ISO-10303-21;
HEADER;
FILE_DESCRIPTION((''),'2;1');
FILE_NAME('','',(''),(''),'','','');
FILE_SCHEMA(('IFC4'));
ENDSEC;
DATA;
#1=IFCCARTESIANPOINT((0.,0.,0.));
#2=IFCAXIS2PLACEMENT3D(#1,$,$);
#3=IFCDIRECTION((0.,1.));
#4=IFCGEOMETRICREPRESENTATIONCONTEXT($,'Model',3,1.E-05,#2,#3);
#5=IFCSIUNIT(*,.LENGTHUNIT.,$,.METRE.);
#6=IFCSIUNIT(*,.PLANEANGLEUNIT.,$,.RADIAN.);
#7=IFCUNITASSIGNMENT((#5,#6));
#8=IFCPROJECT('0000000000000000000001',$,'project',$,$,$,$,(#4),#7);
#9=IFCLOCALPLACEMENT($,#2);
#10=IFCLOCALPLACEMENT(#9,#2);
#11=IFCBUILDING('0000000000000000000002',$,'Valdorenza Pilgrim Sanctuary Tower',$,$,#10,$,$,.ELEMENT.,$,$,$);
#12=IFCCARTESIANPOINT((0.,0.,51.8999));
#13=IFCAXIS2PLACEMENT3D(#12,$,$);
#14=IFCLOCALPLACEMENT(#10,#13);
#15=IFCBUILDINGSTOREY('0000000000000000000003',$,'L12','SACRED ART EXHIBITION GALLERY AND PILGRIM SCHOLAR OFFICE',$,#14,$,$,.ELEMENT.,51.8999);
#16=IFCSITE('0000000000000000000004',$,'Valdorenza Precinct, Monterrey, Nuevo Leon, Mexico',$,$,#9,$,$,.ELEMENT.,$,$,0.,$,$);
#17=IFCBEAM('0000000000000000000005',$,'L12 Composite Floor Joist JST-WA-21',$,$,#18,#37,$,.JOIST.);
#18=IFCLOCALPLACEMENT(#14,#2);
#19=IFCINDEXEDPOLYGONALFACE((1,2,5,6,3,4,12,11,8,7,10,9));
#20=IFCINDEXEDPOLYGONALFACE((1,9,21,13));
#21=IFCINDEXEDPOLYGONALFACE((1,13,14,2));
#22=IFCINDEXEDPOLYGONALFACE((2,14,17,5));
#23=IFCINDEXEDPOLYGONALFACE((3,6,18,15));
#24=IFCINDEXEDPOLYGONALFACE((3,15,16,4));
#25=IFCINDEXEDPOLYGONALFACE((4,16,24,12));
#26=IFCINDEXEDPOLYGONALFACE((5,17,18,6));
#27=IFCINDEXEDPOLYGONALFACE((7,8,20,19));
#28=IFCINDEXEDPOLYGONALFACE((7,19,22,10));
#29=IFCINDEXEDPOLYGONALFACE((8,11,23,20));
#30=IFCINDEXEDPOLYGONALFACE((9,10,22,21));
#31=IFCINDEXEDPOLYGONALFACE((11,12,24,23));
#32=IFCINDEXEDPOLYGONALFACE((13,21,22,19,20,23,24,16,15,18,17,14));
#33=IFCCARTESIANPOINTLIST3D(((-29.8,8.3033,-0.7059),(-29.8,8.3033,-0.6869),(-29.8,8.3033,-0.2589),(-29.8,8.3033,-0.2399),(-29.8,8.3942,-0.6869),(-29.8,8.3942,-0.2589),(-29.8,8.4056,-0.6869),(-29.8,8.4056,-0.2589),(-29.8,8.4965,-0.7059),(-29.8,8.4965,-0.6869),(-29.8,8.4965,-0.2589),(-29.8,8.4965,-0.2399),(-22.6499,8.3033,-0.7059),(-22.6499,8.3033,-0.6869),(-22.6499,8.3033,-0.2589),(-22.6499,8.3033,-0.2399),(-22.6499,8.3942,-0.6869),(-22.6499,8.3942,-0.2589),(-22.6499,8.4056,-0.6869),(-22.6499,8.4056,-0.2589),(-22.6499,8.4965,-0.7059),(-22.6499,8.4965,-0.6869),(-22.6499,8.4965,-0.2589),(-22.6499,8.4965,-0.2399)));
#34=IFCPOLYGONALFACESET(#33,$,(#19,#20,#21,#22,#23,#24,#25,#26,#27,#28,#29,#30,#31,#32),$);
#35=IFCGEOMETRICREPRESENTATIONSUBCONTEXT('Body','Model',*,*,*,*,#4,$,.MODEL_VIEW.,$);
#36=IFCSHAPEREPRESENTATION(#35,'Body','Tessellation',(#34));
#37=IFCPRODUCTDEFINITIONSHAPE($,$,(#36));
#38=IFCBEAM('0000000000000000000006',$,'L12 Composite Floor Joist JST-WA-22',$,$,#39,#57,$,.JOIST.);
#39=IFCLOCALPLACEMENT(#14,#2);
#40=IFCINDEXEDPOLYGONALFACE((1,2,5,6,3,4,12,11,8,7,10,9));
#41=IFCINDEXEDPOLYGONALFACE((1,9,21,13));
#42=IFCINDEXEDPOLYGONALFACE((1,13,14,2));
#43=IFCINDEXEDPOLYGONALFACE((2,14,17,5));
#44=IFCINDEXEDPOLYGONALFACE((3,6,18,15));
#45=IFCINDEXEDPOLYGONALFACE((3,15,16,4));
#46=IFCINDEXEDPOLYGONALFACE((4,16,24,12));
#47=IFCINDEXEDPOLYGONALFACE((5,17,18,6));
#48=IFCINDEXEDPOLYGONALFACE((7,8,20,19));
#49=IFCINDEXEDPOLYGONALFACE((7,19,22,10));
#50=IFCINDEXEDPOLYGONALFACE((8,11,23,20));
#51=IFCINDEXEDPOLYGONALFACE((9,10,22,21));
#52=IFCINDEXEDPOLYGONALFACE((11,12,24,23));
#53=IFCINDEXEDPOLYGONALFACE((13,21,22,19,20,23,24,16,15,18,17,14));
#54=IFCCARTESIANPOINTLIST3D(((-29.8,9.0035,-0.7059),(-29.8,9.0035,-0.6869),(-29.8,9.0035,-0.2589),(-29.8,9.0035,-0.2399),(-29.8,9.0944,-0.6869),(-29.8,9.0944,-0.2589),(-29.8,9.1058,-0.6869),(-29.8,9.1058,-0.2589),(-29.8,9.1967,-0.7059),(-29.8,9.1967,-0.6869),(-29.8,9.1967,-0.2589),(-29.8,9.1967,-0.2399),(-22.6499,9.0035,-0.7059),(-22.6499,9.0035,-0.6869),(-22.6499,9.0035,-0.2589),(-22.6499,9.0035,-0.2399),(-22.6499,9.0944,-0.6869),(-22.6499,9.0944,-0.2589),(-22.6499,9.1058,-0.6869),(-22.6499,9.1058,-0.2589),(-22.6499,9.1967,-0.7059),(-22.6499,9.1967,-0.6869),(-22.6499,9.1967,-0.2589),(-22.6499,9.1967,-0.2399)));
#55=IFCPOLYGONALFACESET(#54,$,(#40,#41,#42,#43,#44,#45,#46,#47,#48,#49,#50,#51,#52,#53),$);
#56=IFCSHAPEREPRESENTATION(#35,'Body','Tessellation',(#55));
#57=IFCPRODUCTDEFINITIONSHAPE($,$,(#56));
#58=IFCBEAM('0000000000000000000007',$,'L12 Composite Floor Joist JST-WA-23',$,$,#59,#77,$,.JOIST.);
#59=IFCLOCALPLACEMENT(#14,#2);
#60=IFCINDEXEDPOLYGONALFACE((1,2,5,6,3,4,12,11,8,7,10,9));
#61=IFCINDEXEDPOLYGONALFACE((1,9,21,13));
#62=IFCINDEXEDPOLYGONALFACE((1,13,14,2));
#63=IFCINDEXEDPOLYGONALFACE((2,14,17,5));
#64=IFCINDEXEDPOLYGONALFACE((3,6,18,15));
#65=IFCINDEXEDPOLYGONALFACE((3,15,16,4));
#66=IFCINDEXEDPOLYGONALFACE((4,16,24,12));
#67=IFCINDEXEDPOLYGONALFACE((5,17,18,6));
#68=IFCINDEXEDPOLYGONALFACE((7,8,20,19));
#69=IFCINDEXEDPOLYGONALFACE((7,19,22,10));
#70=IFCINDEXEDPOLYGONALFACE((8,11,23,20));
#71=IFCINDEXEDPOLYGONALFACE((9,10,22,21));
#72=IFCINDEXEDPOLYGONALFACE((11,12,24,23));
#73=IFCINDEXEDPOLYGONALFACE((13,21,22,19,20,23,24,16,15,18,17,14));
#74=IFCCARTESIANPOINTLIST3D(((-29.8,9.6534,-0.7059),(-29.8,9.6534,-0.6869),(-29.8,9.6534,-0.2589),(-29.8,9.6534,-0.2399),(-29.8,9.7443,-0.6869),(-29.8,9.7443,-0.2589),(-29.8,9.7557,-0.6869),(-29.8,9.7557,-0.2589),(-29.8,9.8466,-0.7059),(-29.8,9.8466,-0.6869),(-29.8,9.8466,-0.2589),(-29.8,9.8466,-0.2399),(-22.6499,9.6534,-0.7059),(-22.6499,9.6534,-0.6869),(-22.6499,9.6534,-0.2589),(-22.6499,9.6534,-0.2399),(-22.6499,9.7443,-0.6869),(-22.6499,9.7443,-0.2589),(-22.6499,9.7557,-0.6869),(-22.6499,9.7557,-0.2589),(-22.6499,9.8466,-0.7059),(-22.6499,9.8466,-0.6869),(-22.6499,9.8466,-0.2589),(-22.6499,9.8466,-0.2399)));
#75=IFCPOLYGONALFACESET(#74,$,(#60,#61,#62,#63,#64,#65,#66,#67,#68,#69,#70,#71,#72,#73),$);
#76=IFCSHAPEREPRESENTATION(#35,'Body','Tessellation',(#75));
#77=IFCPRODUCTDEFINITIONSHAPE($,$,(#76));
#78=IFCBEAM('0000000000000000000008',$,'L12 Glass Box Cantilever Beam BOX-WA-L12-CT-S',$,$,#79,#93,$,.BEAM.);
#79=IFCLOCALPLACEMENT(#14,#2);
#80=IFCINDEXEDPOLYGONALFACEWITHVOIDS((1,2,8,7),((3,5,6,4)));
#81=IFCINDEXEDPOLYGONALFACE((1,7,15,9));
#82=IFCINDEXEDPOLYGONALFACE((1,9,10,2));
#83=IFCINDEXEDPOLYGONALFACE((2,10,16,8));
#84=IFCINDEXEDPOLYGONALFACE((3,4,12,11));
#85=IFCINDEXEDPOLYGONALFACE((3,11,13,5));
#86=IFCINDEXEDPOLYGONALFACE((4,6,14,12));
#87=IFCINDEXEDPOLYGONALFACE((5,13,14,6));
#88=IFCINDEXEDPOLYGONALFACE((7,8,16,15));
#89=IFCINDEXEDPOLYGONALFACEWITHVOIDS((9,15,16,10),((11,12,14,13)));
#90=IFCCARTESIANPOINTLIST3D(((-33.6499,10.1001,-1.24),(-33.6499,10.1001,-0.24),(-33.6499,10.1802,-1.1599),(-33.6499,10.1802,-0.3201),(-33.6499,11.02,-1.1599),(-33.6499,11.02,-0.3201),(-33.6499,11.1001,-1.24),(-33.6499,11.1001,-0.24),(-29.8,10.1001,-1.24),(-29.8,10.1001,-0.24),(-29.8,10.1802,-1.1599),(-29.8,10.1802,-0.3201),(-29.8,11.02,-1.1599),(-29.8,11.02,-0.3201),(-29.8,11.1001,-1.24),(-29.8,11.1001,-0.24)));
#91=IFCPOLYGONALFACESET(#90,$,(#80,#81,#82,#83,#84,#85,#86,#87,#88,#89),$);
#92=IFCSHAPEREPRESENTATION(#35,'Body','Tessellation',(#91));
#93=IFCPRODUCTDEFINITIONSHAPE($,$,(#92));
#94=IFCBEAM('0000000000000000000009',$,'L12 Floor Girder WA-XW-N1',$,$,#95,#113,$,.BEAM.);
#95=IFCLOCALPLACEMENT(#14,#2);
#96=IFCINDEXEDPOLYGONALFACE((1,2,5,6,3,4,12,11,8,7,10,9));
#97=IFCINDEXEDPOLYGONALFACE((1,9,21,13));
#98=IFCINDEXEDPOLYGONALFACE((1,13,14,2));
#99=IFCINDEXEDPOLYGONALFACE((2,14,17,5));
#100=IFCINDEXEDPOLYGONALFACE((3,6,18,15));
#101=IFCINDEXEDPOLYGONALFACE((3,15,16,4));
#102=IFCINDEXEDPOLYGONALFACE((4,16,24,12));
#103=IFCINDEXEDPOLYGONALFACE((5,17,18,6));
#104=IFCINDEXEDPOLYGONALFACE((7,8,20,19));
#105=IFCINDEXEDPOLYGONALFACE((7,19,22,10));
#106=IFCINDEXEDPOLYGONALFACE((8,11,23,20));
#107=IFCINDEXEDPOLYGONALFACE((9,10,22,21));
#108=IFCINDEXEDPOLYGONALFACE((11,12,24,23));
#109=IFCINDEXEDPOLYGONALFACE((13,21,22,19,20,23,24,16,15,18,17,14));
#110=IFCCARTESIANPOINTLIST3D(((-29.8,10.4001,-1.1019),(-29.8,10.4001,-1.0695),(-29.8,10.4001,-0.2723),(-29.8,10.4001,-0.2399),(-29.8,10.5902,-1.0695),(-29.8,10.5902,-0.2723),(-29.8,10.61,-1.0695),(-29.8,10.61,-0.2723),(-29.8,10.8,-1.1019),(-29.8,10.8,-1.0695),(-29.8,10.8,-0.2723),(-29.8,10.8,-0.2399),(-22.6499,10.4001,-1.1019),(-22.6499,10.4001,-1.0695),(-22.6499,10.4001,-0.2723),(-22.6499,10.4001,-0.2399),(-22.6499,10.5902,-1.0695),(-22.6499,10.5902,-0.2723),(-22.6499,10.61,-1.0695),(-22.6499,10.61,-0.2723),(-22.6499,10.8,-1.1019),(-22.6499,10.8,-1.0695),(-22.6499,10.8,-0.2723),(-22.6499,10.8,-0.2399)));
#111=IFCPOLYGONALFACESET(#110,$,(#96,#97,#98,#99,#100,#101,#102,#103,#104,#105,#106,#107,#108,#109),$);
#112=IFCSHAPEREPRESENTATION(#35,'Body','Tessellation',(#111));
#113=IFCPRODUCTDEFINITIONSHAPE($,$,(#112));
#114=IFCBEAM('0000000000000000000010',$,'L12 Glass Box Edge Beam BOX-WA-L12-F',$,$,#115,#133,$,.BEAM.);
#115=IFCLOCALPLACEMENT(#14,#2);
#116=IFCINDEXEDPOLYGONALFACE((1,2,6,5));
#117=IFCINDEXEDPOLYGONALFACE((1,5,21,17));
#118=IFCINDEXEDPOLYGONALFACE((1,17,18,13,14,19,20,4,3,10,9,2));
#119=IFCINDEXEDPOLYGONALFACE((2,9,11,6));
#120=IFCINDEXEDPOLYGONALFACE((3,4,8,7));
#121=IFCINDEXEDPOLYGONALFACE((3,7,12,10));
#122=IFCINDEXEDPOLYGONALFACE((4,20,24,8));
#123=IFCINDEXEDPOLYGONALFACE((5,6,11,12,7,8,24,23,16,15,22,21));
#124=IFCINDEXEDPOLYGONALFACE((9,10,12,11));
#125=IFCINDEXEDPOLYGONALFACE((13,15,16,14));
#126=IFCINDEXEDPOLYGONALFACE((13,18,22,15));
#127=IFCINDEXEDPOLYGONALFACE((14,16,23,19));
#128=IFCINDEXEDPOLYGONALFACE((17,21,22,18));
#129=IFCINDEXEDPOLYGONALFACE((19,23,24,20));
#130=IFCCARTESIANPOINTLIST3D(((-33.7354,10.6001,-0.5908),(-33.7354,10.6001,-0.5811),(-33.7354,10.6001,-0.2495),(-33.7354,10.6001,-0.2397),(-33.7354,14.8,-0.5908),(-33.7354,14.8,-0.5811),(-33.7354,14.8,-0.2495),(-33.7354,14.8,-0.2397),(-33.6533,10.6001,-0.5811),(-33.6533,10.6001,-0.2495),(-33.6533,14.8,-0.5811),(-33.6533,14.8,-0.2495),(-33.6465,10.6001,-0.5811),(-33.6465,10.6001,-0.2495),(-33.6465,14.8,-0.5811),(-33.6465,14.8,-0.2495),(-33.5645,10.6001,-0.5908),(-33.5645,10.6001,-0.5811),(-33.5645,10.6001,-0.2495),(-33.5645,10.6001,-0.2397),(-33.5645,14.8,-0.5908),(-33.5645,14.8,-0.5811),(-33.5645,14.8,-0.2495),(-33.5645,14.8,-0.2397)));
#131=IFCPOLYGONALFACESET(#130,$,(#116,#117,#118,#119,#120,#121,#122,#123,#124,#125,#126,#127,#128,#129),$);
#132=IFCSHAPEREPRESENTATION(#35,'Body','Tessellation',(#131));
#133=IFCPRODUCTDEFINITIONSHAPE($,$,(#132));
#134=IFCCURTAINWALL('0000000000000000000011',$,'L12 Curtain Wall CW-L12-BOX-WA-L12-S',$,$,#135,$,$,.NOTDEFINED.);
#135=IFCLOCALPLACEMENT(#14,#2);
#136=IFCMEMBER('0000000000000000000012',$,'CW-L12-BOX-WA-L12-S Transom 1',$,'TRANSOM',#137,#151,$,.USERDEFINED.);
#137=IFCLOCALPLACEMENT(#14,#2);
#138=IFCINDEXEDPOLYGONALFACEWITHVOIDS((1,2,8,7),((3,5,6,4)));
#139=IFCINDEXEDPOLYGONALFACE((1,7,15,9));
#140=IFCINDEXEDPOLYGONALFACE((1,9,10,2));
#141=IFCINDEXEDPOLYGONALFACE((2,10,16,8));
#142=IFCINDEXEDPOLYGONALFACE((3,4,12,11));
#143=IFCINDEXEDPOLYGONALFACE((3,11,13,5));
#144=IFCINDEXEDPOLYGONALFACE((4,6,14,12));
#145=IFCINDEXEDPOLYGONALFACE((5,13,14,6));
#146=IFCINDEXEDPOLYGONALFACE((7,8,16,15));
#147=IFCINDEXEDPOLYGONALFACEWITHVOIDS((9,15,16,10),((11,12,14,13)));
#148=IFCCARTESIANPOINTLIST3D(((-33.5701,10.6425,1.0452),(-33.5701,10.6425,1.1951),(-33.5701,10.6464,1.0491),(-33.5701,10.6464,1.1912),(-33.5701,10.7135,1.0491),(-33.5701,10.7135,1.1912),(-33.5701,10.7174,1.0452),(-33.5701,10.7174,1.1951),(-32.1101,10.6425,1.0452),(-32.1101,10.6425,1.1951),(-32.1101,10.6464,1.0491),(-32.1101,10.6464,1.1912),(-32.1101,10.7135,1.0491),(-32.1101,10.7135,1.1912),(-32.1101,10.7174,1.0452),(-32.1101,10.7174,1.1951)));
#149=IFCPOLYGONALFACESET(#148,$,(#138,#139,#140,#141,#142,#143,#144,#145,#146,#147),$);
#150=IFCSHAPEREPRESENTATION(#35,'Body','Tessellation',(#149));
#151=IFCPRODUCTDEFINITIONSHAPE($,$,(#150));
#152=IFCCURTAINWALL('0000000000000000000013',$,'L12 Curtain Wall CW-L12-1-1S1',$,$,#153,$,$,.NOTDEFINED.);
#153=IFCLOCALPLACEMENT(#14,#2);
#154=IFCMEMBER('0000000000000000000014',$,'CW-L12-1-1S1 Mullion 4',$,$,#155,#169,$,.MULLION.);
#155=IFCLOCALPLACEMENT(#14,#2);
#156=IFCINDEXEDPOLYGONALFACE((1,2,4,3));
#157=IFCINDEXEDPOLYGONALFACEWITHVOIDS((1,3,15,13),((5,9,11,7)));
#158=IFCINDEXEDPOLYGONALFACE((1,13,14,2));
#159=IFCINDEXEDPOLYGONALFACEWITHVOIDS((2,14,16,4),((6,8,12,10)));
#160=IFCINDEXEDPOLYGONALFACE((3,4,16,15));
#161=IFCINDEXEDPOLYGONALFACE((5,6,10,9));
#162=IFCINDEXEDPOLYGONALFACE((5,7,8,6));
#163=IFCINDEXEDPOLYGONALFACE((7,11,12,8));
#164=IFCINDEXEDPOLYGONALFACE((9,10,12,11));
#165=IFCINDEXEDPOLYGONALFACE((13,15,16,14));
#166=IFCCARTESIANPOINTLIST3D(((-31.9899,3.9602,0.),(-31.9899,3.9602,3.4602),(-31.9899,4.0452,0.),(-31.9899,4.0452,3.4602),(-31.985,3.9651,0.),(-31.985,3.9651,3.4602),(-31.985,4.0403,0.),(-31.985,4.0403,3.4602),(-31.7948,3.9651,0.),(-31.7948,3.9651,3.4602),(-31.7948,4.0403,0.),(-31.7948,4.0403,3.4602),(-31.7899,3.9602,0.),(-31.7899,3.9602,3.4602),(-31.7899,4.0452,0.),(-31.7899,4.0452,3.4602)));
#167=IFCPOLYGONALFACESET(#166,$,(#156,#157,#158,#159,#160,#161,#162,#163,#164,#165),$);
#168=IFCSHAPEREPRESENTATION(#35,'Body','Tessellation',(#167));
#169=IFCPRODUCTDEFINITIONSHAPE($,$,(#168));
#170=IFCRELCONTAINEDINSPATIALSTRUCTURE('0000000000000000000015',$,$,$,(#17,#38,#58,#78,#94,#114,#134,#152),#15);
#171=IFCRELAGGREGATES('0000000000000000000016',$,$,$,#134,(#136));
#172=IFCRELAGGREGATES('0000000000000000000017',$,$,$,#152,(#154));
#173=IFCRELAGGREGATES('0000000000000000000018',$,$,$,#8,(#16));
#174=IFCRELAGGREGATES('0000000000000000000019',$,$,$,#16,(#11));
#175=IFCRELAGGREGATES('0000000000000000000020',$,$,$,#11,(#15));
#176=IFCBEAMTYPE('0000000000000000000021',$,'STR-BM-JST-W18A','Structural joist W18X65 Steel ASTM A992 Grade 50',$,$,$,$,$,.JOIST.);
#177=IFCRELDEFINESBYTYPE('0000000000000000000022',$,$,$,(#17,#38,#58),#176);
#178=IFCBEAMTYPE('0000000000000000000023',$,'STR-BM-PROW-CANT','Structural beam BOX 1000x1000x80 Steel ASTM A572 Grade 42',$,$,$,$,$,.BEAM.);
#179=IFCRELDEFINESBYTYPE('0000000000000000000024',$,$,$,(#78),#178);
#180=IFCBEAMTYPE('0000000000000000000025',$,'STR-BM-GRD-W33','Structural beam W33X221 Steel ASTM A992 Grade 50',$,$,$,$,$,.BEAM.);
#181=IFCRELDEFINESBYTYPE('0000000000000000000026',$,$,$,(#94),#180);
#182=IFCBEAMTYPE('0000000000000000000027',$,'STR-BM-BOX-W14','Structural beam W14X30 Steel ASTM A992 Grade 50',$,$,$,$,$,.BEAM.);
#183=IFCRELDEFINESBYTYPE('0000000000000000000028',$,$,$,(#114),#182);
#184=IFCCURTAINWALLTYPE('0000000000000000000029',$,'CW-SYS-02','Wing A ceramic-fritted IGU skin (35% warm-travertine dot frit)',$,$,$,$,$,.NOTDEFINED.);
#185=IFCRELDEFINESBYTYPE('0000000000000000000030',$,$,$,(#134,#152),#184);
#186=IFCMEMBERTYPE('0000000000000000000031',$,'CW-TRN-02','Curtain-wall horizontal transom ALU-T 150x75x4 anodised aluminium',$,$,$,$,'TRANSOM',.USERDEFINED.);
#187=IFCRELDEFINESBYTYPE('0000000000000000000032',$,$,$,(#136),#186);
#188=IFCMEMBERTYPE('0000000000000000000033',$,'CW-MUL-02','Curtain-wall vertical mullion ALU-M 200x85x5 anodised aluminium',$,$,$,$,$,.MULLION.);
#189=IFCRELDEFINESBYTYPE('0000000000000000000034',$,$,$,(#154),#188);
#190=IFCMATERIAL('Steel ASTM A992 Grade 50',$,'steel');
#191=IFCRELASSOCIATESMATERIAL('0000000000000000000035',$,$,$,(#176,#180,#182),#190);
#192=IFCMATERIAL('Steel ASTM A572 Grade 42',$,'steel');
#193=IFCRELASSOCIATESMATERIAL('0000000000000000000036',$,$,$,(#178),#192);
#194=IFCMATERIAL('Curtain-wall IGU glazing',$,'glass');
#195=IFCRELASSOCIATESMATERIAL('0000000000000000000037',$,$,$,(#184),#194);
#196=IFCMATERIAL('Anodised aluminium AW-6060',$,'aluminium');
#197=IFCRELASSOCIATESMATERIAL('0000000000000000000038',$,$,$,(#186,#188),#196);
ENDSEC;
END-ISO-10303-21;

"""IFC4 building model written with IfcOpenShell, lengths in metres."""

from ifc_helpers import new_model, si_unit, direction, frame, origin, origin_2d, place, context, subcontext, project, spatial, hollow_rectangle, i_section, extrude, source, transform, mapped, material, material_profile, profile_set, type_object, element, aggregate, save


model = new_model("IFC4")

# Units and contexts
model_context = context("Model", 3, precision=1e-05, world=origin(), true_north=direction((0.0, 1.0)))
body_context = subcontext(model_context, "Body", "Model", "MODEL_VIEW")
ifc_project = project(units=[si_unit("LENGTHUNIT", "METRE"), si_unit("PLANEANGLEUNIT", "RADIAN")], contexts=[model_context])

# Site, building, storey
site_placement = place(None, origin())
site = spatial("IfcSite", under=ifc_project, at=site_placement, Name="Valdorenza Precinct, Monterrey, Nuevo Leon, Mexico", CompositionType="ELEMENT", RefElevation=0.0)
building_placement = place(site_placement, origin())
building = spatial("IfcBuilding", under=site, at=building_placement, Name="Valdorenza Pilgrim Sanctuary Tower", CompositionType="ELEMENT")
storey_placement = place(building_placement, frame((0.0, 0.0, 51.8999)))
storey = spatial("IfcBuildingStorey", under=building, at=storey_placement, Name="L12", Description="SACRED ART EXHIBITION GALLERY AND PILGRIM SCHOLAR OFFICE", CompositionType="ELEMENT", Elevation=51.8999)

# Beams
ifc_material_1 = material(Name="Steel ASTM A992 Grade 50", Category="steel")
ifc_material_profile_1 = material_profile(ifc_material_1, i_section(OverallWidth=0.1931, OverallDepth=0.4661, WebThickness=0.0115, FlangeThickness=0.019, at=origin_2d()), Name="W18X65")
ifc_profile_set_1 = profile_set([ifc_material_profile_1], Name="Steel ASTM A992 Grade 50")
beam_type_1 = type_object("IfcBeamType", Name="STR-BM-JST-W18A", Description="Structural joist W18X65 Steel ASTM A992 Grade 50", PredefinedType="JOIST", material=ifc_profile_set_1)
shared_shape_1 = source(origin(), body_context, "Body", "SweptSolid", [
    extrude(i_section(OverallWidth=0.1931, OverallDepth=0.4661, WebThickness=0.0115, FlangeThickness=0.019, at=origin_2d()), origin(), (0.0, 0.0, 1.0), 7.1501),
])
for number, where, z_axis, x_axis, name in (
    (1, (-29.8, 8.3999, -0.4729), (1.0, 0.0, 0.0), (0.0, 1.0, 0.0), "L12 Composite Floor Joist JST-WA-21"),
    (2, (-29.8, 9.1001, -0.4729), (1.0, 0.0, 0.0), (0.0, 1.0, 0.0), "L12 Composite Floor Joist JST-WA-22"),
    (3, (-29.8, 9.75, -0.4729), (1.0, 0.0, 0.0), (0.0, 1.0, 0.0), "L12 Composite Floor Joist JST-WA-23"),
):
    element("IfcBeam", number, at=place(storey_placement, frame(where, z_axis=z_axis, x_axis=x_axis)), inside=storey, type_object=beam_type_1, Name=name, PredefinedType="JOIST", context=body_context, shape_type="MappedRepresentation", body=[
        mapped(shared_shape_1, transform((0.0, 0.0, 0.0), x_axis=(1.0, 0.0, 0.0), y_axis=(0.0, 1.0, 0.0), z_axis=(0.0, 0.0, 1.0), scale=1.0)),
    ])
ifc_material_2 = material(Name="Steel ASTM A572 Grade 42", Category="steel")
ifc_material_profile_2 = material_profile(ifc_material_2, hollow_rectangle(XDim=1.0, YDim=1.0, WallThickness=0.0801, at=origin_2d()), Name="BOX 1000x1000x80")
ifc_profile_set_2 = profile_set([ifc_material_profile_2], Name="Steel ASTM A572 Grade 42")
beam_type_2 = type_object("IfcBeamType", Name="STR-BM-PROW-CANT", Description="Structural beam BOX 1000x1000x80 Steel ASTM A572 Grade 42", PredefinedType="BEAM", material=ifc_profile_set_2)
shared_shape_2 = source(origin(), body_context, "Body", "SweptSolid", [
    extrude(hollow_rectangle(XDim=1.0, YDim=1.0, WallThickness=0.0801, at=origin_2d()), origin(), (0.0, 0.0, 1.0), 3.8499),
])
beam_1_placement = place(storey_placement, frame((-29.8, 10.6001, -0.74), z_axis=(-1.0, 0.0, 0.0), x_axis=(0.0, -1.0, 0.0)))
element("IfcBeam", 4, at=beam_1_placement, inside=storey, type_object=beam_type_2, Name="L12 Glass Box Cantilever Beam BOX-WA-L12-CT-S", PredefinedType="BEAM", context=body_context, shape_type="MappedRepresentation", body=[
    mapped(shared_shape_2, transform((0.0, 0.0, 0.0), x_axis=(1.0, 0.0, 0.0), y_axis=(0.0, 1.0, 0.0), z_axis=(0.0, 0.0, 1.0), scale=1.0)),
])
ifc_material_profile_3 = material_profile(ifc_material_1, i_section(OverallWidth=0.3999, OverallDepth=0.8621, WebThickness=0.0198, FlangeThickness=0.0325, at=origin_2d()), Name="W33X221")
ifc_profile_set_3 = profile_set([ifc_material_profile_3], Name="Steel ASTM A992 Grade 50")
beam_type_3 = type_object("IfcBeamType", Name="STR-BM-GRD-W33", Description="Structural beam W33X221 Steel ASTM A992 Grade 50", PredefinedType="BEAM", material=ifc_profile_set_3)
shared_shape_3 = source(origin(), body_context, "Body", "SweptSolid", [
    extrude(i_section(OverallWidth=0.3999, OverallDepth=0.8621, WebThickness=0.0198, FlangeThickness=0.0325, at=origin_2d()), origin(), (0.0, 0.0, 1.0), 7.1501),
])
beam_2_placement = place(storey_placement, frame((-29.8, 10.6001, -0.6709), z_axis=(1.0, 0.0, 0.0), x_axis=(0.0, 1.0, 0.0)))
element("IfcBeam", 5, at=beam_2_placement, inside=storey, type_object=beam_type_3, Name="L12 Floor Girder WA-XW-N1", PredefinedType="BEAM", context=body_context, shape_type="MappedRepresentation", body=[
    mapped(shared_shape_3, transform((0.0, 0.0, 0.0), x_axis=(1.0, 0.0, 0.0), y_axis=(0.0, 1.0, 0.0), z_axis=(0.0, 0.0, 1.0), scale=1.0)),
])
ifc_material_profile_4 = material_profile(ifc_material_1, i_section(OverallWidth=0.1709, OverallDepth=0.3511, WebThickness=0.0068, FlangeThickness=0.0098, at=origin_2d()), Name="W14X30")
ifc_profile_set_4 = profile_set([ifc_material_profile_4], Name="Steel ASTM A992 Grade 50")
beam_type_4 = type_object("IfcBeamType", Name="STR-BM-BOX-W14", Description="Structural beam W14X30 Steel ASTM A992 Grade 50", PredefinedType="BEAM", material=ifc_profile_set_4)
shared_shape_4 = source(origin(), body_context, "Body", "SweptSolid", [
    extrude(i_section(OverallWidth=0.1709, OverallDepth=0.3511, WebThickness=0.0068, FlangeThickness=0.0098, at=origin_2d()), origin(), (0.0, 0.0, 1.0), 4.2),
])
beam_3_placement = place(storey_placement, frame((-33.6499, 10.6001, -0.4153), z_axis=(0.0, 1.0, 0.0), x_axis=(-1.0, 0.0, 0.0)))
element("IfcBeam", 6, at=beam_3_placement, inside=storey, type_object=beam_type_4, Name="L12 Glass Box Edge Beam BOX-WA-L12-F", PredefinedType="BEAM", context=body_context, shape_type="MappedRepresentation", body=[
    mapped(shared_shape_4, transform((0.0, 0.0, 0.0), x_axis=(1.0, 0.0, 0.0), y_axis=(0.0, 1.0, 0.0), z_axis=(0.0, 0.0, 1.0), scale=1.0)),
])

# Curtain wall, member
ifc_material_3 = material(Name="Curtain-wall IGU glazing", Category="glass")
curtain_wall_type = type_object("IfcCurtainWallType", Name="CW-SYS-02", Description="Wing A ceramic-fritted IGU skin (35% warm-travertine dot frit)", PredefinedType="NOTDEFINED", material=ifc_material_3)
curtain_wall_1_placement = place(storey_placement, origin())
curtain_wall_1 = element("IfcCurtainWall", 7, at=curtain_wall_1_placement, inside=storey, type_object=curtain_wall_type, Name="L12 Curtain Wall CW-L12-BOX-WA-L12-S", PredefinedType="NOTDEFINED")
ifc_material_4 = material(Name="Anodised aluminium AW-6060", Category="aluminium")
ifc_material_profile_5 = material_profile(ifc_material_4, hollow_rectangle(XDim=0.075, YDim=0.1499, WallThickness=0.0039, at=origin_2d()), Name="ALU-T 150x75x4")
ifc_profile_set_5 = profile_set([ifc_material_profile_5], Name="Anodised aluminium AW-6060")
member_type_1 = type_object("IfcMemberType", Name="CW-TRN-02", Description="Curtain-wall horizontal transom ALU-T 150x75x4 anodised aluminium", ElementType="TRANSOM", PredefinedType="USERDEFINED", material=ifc_profile_set_5)
shared_shape_5 = source(origin(), body_context, "Body", "SweptSolid", [
    extrude(hollow_rectangle(XDim=0.075, YDim=0.1499, WallThickness=0.0039, at=origin_2d()), origin(), (0.0, 0.0, 1.0), 1.46),
])
member_1_placement = place(storey_placement, frame((-32.1101, 10.6799, 1.1201), z_axis=(-1.0, 0.0, 0.0), x_axis=(0.0, -1.0, 0.0)))
member_1 = element("IfcMember", 8, at=member_1_placement, type_object=member_type_1, Name="CW-L12-BOX-WA-L12-S Transom 1", ObjectType="TRANSOM", PredefinedType="USERDEFINED", context=body_context, shape_type="MappedRepresentation", body=[
    mapped(shared_shape_5, transform((0.0, 0.0, 0.0), x_axis=(1.0, 0.0, 0.0), y_axis=(0.0, 1.0, 0.0), z_axis=(0.0, 0.0, 1.0), scale=1.0)),
])

# Curtain wall, member
curtain_wall_2_placement = place(storey_placement, origin())
curtain_wall_2 = element("IfcCurtainWall", 9, at=curtain_wall_2_placement, inside=storey, type_object=curtain_wall_type, Name="L12 Curtain Wall CW-L12-1-1S1", PredefinedType="NOTDEFINED")
ifc_material_profile_6 = material_profile(ifc_material_4, hollow_rectangle(XDim=0.085, YDim=0.2, WallThickness=0.0049, at=origin_2d()), Name="ALU-M 200x85x5")
ifc_profile_set_6 = profile_set([ifc_material_profile_6], Name="Anodised aluminium AW-6060")
member_type_2 = type_object("IfcMemberType", Name="CW-MUL-02", Description="Curtain-wall vertical mullion ALU-M 200x85x5 anodised aluminium", PredefinedType="MULLION", material=ifc_profile_set_6)
shared_shape_6 = source(origin(), body_context, "Body", "SweptSolid", [
    extrude(hollow_rectangle(XDim=0.085, YDim=0.2, WallThickness=0.0049, at=origin_2d()), origin(), (0.0, 0.0, 1.0), 3.4602),
])
member_2_placement = place(storey_placement, frame((-31.8899, 4.0027, 0.0), z_axis=(0.0, 0.0, 1.0), x_axis=(0.0, 1.0, 0.0)))
member_2 = element("IfcMember", 10, at=member_2_placement, type_object=member_type_2, Name="CW-L12-1-1S1 Mullion 4", PredefinedType="MULLION", context=body_context, shape_type="MappedRepresentation", body=[
    mapped(shared_shape_6, transform((0.0, 0.0, 0.0), x_axis=(1.0, 0.0, 0.0), y_axis=(0.0, 1.0, 0.0), z_axis=(0.0, 0.0, 1.0), scale=1.0)),
])

aggregate(curtain_wall_1, [member_1])
aggregate(curtain_wall_2, [member_2])

save(model, "model.ifc")
